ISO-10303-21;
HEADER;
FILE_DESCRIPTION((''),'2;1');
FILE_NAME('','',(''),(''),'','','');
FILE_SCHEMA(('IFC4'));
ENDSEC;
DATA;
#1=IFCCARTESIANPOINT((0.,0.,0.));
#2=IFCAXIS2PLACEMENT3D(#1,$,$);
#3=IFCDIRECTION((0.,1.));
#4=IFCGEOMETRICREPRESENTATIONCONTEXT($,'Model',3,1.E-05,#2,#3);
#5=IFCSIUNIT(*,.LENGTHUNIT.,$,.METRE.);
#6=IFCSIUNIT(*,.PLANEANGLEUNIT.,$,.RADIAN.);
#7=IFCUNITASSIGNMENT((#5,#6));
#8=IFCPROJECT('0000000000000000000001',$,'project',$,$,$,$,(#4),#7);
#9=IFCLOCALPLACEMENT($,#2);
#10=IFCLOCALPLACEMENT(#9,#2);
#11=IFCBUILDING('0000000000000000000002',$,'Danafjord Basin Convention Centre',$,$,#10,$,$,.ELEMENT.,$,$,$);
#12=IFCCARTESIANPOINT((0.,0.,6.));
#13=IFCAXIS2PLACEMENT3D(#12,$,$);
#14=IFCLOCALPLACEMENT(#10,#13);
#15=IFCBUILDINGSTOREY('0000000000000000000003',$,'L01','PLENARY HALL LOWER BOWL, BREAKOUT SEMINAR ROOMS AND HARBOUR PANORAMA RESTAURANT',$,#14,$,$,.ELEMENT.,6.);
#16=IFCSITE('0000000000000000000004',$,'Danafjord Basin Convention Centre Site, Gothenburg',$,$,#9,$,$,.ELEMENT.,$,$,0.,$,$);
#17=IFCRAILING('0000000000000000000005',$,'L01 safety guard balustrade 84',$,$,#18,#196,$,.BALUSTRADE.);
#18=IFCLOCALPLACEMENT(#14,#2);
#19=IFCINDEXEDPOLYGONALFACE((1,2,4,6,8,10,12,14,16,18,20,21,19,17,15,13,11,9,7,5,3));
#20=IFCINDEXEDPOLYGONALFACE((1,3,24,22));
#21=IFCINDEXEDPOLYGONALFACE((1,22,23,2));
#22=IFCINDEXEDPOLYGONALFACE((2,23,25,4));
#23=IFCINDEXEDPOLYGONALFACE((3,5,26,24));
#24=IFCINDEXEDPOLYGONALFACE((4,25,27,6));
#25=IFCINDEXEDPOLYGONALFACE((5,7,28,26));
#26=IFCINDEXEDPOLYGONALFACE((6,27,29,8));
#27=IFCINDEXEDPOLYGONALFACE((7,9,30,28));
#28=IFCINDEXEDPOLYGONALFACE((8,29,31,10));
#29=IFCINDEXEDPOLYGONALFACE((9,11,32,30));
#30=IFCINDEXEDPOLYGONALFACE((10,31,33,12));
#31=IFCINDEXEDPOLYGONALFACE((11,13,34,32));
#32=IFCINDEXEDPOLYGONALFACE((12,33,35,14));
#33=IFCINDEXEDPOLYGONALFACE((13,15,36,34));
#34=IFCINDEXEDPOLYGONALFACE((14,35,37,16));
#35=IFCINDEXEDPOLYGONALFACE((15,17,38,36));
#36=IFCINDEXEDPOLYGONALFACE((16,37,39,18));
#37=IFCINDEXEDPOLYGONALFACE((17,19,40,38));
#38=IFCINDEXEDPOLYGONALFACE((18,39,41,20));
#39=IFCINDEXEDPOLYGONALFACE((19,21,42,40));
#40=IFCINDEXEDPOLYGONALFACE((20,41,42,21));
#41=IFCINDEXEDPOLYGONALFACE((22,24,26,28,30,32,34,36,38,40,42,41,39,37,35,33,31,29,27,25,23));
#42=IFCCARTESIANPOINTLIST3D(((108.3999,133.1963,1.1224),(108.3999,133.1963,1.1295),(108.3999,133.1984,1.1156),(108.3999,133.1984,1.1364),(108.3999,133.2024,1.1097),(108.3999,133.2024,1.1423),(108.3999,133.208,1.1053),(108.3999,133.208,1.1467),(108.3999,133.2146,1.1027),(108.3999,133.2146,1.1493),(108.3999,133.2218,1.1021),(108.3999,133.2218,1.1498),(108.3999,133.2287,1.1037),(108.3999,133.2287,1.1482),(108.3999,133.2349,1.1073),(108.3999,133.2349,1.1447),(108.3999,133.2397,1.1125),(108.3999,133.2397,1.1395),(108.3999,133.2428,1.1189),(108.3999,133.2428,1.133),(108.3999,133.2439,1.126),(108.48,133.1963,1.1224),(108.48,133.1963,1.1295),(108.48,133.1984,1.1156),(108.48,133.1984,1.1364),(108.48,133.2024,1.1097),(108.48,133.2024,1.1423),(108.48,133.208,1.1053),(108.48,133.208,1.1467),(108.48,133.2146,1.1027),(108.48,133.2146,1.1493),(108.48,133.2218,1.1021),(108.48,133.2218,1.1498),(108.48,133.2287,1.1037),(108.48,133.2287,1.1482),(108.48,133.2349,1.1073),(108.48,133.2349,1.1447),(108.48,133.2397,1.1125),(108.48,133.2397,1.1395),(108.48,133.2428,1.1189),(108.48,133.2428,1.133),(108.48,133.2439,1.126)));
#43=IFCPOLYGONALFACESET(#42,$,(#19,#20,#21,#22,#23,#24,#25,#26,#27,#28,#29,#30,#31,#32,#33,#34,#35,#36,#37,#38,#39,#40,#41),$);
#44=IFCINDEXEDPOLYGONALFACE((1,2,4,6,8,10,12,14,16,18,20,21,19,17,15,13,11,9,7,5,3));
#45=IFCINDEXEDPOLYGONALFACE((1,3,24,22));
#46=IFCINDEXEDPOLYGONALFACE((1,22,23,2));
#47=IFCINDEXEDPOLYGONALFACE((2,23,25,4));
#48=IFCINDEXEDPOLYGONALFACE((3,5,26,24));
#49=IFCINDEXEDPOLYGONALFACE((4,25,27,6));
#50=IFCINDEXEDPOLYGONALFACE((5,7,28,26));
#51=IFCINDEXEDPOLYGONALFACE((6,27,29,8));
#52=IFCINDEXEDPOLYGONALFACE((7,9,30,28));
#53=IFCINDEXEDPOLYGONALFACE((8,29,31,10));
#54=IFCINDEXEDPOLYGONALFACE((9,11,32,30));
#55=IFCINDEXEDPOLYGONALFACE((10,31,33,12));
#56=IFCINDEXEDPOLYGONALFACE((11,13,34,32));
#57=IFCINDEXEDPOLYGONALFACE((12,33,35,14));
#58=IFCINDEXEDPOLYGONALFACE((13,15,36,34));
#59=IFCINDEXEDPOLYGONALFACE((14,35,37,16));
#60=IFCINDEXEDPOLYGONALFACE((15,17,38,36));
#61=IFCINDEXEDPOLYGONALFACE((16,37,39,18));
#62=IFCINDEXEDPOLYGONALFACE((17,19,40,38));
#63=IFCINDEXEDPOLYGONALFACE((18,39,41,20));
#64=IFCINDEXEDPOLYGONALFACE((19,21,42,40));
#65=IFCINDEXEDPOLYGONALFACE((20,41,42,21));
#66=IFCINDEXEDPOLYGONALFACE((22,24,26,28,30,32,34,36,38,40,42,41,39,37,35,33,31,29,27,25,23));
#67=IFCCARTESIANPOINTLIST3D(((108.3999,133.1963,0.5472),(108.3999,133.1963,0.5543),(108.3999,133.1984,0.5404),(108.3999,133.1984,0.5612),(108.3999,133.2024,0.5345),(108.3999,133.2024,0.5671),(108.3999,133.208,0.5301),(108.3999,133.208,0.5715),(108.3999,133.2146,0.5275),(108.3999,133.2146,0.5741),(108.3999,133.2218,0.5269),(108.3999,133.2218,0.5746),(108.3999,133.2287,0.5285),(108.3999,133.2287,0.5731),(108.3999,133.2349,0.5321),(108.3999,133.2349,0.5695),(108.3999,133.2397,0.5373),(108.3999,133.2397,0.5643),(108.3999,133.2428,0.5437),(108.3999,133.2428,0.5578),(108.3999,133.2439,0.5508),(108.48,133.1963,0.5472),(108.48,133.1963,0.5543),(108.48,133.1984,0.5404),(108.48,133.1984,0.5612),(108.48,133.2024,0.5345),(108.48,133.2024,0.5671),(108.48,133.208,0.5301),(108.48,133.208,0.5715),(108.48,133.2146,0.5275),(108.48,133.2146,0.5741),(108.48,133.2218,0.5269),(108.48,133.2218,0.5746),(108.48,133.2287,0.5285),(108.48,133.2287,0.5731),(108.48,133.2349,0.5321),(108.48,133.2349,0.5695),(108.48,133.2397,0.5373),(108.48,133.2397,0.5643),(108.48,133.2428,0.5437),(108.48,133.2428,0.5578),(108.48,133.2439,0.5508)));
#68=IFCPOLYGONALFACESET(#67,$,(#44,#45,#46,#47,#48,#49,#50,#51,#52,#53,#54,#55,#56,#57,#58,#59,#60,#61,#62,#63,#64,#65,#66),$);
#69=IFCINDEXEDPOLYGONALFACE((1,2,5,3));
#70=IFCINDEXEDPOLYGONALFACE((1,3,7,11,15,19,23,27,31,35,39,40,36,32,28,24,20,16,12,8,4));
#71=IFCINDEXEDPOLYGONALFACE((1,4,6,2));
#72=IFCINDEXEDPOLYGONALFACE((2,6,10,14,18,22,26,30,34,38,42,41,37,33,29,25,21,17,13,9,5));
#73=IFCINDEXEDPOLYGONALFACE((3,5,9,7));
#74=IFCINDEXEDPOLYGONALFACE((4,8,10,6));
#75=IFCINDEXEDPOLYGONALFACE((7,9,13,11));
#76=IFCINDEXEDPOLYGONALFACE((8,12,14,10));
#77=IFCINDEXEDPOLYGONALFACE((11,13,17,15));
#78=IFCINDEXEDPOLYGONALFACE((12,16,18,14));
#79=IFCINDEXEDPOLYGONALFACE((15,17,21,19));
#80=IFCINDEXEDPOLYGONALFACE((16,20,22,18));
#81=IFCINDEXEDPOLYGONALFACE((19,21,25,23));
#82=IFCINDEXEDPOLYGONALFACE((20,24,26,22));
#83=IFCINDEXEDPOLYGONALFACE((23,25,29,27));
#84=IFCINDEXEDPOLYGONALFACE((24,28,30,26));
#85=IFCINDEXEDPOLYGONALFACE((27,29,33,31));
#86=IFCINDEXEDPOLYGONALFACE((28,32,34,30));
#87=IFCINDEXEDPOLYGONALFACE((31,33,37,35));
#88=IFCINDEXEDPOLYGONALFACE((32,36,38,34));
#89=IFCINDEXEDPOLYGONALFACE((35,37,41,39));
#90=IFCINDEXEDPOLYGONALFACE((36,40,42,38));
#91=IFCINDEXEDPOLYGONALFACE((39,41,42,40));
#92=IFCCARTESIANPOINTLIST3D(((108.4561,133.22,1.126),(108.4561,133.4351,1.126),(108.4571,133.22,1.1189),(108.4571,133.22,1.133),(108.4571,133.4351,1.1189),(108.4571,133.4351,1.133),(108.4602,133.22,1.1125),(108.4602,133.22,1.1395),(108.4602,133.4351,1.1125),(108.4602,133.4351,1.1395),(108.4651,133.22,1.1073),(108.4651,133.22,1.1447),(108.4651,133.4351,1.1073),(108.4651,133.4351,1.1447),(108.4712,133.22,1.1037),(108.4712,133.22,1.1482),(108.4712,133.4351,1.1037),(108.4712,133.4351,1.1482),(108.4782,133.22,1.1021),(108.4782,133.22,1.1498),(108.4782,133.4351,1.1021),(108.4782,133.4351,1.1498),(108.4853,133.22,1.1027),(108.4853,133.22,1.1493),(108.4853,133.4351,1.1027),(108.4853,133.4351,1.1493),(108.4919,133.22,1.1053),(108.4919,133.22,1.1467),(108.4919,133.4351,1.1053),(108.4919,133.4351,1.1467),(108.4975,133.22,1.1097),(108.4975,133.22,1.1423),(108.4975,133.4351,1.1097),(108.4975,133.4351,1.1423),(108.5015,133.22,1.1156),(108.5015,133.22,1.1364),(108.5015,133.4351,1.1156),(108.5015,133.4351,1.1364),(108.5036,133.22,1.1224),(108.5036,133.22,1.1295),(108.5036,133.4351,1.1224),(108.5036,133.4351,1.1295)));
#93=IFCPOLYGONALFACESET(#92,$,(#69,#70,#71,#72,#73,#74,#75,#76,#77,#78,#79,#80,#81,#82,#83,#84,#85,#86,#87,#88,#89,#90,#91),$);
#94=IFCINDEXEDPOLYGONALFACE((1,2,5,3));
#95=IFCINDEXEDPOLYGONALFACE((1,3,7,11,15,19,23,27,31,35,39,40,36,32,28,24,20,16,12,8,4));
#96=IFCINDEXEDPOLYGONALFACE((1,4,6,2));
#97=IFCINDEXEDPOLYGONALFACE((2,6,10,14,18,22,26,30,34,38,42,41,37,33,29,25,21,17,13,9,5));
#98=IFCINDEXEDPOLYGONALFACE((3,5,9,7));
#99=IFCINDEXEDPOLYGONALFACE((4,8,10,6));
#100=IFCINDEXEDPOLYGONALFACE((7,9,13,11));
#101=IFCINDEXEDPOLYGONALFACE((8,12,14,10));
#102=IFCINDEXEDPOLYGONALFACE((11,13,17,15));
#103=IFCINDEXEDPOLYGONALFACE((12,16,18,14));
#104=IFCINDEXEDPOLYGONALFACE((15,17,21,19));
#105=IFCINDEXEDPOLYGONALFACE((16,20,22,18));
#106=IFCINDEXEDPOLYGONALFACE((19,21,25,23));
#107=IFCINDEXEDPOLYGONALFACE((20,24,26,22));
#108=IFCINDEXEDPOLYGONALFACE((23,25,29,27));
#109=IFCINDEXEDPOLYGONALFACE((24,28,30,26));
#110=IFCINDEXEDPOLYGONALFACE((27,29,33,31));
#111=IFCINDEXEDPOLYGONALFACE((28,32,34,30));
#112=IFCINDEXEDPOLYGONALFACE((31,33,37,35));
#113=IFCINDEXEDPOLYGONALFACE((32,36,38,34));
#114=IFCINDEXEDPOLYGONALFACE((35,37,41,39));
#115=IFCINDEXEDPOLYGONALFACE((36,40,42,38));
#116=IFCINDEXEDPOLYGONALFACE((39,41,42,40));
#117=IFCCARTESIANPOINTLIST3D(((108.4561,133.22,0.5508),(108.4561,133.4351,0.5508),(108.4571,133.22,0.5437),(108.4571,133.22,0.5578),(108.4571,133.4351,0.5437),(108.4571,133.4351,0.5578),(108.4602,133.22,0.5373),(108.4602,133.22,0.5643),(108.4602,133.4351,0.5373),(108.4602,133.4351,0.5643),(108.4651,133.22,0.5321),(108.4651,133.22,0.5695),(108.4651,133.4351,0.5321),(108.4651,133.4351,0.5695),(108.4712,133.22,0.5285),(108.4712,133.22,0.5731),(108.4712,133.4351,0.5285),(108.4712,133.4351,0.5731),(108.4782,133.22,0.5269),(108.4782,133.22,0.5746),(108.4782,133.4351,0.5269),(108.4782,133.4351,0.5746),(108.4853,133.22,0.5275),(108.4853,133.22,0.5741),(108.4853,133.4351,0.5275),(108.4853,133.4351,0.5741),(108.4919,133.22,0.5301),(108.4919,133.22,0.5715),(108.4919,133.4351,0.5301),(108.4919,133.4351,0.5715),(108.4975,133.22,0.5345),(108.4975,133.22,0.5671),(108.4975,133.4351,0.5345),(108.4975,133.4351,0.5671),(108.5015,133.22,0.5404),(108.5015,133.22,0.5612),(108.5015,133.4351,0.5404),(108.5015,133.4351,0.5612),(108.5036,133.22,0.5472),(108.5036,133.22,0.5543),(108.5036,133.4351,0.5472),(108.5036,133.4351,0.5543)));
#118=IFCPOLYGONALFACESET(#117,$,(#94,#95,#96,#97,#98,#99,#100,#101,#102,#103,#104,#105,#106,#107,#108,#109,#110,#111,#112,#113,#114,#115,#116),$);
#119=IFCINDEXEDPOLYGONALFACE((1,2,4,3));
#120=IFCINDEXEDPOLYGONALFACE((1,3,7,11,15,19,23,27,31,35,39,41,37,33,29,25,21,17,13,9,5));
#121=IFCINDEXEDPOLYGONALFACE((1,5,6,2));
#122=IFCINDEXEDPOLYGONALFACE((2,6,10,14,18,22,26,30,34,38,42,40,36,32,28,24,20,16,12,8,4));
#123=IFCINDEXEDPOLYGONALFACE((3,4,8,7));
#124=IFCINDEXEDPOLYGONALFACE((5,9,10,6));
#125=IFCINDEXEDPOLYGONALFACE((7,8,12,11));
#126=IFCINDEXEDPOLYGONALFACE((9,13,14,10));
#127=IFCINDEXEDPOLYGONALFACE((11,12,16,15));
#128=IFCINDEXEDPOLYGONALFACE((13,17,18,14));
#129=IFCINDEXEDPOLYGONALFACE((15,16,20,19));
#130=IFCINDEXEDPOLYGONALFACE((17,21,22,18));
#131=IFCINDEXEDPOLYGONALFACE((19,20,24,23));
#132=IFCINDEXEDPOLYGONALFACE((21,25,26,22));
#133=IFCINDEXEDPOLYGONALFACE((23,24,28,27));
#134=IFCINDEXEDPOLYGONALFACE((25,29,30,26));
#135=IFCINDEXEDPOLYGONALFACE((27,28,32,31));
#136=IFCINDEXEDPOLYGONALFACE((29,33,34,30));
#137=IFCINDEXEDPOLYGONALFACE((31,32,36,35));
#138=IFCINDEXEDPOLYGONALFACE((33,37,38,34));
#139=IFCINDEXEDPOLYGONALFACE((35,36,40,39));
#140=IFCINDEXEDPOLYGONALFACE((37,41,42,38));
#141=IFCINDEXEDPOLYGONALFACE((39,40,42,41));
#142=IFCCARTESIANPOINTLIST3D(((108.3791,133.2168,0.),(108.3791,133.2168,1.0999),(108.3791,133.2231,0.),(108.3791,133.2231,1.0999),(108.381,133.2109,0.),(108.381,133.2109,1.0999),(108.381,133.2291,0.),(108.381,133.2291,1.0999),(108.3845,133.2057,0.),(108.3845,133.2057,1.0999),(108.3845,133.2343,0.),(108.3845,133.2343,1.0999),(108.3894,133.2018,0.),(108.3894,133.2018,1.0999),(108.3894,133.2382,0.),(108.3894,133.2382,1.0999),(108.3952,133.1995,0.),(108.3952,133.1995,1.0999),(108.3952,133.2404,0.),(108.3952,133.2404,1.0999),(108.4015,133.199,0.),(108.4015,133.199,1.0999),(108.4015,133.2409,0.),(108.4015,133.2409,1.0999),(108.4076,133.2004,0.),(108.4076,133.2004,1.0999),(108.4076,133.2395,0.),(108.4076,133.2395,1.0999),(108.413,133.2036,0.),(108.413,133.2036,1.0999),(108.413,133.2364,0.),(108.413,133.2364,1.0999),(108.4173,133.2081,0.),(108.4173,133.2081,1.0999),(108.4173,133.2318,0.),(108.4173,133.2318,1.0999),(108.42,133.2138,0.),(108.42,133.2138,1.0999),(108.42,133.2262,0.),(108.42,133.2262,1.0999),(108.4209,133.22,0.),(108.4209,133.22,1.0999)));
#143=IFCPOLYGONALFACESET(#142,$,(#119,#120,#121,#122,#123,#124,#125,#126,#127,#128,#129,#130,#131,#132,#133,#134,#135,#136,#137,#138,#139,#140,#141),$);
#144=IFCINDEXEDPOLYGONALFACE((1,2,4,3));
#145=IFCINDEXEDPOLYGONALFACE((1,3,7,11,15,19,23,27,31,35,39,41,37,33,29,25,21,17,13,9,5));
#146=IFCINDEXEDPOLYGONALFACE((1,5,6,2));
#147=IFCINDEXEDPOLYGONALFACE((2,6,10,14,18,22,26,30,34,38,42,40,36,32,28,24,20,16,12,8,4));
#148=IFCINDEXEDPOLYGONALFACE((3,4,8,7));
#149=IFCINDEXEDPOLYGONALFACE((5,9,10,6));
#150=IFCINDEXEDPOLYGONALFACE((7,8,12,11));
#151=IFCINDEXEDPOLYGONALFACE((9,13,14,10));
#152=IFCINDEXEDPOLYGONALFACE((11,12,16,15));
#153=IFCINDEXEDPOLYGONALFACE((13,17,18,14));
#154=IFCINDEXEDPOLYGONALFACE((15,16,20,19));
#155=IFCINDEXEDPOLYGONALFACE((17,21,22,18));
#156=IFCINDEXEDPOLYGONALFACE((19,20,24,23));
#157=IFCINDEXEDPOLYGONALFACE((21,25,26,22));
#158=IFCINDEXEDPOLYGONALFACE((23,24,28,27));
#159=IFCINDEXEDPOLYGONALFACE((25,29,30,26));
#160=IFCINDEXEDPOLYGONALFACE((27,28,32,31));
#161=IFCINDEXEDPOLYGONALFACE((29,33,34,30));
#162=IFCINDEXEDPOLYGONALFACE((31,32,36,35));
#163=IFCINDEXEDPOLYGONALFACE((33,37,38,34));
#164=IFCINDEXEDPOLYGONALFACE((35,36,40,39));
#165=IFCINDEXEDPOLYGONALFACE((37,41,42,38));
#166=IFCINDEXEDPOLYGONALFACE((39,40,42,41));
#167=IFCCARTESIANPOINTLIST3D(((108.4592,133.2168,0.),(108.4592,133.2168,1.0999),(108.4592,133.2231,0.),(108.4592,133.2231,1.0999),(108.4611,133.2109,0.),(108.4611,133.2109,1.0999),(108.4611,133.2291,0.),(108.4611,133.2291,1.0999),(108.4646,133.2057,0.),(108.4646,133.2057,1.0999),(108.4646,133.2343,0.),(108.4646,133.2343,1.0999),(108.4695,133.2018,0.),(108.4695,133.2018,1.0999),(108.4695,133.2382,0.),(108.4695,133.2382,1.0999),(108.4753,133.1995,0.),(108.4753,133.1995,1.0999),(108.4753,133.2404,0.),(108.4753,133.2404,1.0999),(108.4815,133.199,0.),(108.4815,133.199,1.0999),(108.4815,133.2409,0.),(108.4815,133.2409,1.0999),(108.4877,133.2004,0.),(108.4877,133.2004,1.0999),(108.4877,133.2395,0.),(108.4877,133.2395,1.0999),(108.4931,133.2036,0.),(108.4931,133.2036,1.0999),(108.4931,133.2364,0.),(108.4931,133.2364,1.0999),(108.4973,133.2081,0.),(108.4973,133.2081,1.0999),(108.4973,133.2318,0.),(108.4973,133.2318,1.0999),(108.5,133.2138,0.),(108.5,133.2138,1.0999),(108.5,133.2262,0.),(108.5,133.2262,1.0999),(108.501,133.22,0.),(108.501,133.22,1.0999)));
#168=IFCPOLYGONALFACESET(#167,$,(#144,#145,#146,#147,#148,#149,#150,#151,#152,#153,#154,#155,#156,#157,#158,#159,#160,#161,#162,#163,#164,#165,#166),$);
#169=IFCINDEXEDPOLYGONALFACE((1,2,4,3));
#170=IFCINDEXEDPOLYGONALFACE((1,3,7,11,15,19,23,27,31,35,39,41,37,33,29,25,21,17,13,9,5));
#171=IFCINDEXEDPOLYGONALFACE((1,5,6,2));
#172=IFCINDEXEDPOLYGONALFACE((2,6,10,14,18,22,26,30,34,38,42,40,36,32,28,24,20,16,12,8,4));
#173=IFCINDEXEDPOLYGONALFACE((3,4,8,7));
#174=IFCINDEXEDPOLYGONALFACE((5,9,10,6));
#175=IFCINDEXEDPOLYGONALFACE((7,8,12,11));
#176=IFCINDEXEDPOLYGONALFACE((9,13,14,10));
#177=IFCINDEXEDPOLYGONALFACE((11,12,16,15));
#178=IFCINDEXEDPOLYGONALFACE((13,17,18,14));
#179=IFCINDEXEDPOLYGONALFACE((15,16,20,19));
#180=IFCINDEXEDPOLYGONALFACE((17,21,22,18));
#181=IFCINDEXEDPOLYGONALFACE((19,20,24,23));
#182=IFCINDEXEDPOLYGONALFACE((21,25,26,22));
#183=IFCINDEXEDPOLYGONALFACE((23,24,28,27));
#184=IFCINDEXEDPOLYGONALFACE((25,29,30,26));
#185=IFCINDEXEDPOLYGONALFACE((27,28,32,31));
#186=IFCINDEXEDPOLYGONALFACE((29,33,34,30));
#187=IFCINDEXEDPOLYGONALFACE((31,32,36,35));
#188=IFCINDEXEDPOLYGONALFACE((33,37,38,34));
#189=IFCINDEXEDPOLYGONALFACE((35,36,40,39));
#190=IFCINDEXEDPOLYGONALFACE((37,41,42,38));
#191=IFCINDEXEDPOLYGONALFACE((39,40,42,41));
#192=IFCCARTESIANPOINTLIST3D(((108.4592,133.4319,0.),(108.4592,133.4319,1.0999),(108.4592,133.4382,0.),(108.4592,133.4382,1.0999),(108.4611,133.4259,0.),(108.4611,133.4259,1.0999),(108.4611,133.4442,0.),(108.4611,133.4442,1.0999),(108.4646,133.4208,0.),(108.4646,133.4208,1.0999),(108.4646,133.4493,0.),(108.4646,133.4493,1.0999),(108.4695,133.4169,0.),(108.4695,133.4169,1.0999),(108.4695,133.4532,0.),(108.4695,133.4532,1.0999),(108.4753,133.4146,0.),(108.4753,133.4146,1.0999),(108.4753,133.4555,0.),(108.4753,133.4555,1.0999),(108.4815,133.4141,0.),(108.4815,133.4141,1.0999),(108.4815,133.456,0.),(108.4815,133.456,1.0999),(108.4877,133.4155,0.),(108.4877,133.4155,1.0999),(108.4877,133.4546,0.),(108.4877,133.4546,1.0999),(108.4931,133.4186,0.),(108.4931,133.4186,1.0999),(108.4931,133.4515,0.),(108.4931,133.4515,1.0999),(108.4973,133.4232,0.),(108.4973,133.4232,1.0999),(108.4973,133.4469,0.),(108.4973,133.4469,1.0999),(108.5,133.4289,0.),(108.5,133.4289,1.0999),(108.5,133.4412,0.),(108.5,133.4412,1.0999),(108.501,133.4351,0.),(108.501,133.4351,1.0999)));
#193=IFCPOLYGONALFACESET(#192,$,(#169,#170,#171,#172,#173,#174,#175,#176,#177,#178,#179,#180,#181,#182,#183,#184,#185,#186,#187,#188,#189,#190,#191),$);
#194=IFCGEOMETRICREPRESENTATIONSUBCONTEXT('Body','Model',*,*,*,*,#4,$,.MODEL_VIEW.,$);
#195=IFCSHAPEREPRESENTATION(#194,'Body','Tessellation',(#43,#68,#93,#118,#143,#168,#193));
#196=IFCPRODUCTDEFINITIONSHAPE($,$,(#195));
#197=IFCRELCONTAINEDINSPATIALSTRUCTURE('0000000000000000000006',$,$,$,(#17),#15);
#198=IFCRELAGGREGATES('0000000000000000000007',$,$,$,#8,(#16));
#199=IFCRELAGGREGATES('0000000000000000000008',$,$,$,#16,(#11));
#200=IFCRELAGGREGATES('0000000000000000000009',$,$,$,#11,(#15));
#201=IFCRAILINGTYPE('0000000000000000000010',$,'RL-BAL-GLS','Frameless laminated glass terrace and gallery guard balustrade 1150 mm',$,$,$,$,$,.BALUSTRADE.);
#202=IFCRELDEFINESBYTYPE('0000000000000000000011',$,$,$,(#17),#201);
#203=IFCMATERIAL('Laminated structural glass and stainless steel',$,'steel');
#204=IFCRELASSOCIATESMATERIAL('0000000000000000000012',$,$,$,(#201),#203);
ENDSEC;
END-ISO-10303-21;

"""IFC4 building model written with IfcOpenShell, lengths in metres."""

from ifc_helpers import new_model, si_unit, direction, frame, origin, origin_2d, place, context, subcontext, project, spatial, circle, extrude, material, type_object, element, save


model = new_model("IFC4")

# Units and contexts
model_context = context("Model", 3, precision=1e-05, world=origin(), true_north=direction((0.0, 1.0)))
body_context = subcontext(model_context, "Body", "Model", "MODEL_VIEW")
ifc_project = project(units=[si_unit("LENGTHUNIT", "METRE"), si_unit("PLANEANGLEUNIT", "RADIAN")], contexts=[model_context])

# Site, building, storey
site_placement = place(None, origin())
site = spatial("IfcSite", under=ifc_project, at=site_placement, Name="Danafjord Basin Convention Centre Site, Gothenburg", CompositionType="ELEMENT", RefElevation=0.0)
building_placement = place(site_placement, origin())
building = spatial("IfcBuilding", under=site, at=building_placement, Name="Danafjord Basin Convention Centre", CompositionType="ELEMENT")
storey_placement = place(building_placement, frame((0.0, 0.0, 6.0)))
storey = spatial("IfcBuildingStorey", under=building, at=storey_placement, Name="L01", Description="PLENARY HALL LOWER BOWL, BREAKOUT SEMINAR ROOMS AND HARBOUR PANORAMA RESTAURANT", CompositionType="ELEMENT", Elevation=6.0)

# Railing
ifc_material_1 = material(Name="Laminated structural glass and stainless steel", Category="steel")
railing_type_1 = type_object("IfcRailingType", Name="RL-BAL-GLS", Description="Frameless laminated glass terrace and gallery guard balustrade 1150 mm", PredefinedType="BALUSTRADE", material=ifc_material_1)
railing_1_placement = place(storey_placement, frame((108.3999, 133.22, 0.0)))
element("IfcRailing", 1, at=railing_1_placement, inside=storey, type_object=railing_type_1, Name="L01 safety guard balustrade 84", PredefinedType="BALUSTRADE", context=body_context, shape_type="SweptSolid", body=[
    extrude(circle(Radius=0.0239, at=origin_2d()), frame((0.0, 0.0, 1.126), z_axis=(1.0, 0.0, 0.0), x_axis=(0.0, 1.0, 0.0)), (0.0, 0.0, 1.0), 0.0801),
    extrude(circle(Radius=0.0239, at=origin_2d()), frame((0.0, 0.0, 0.5508), z_axis=(1.0, 0.0, 0.0), x_axis=(0.0, 1.0, 0.0)), (0.0, 0.0, 1.0), 0.0801),
    extrude(circle(Radius=0.0239, at=origin_2d()), frame((0.0801, 0.0, 1.126), z_axis=(0.0, 1.0, 0.0), x_axis=(-1.0, 0.0, 0.0)), (0.0, 0.0, 1.0), 0.2151),
    extrude(circle(Radius=0.0239, at=origin_2d()), frame((0.0801, 0.0, 0.5508), z_axis=(0.0, 1.0, 0.0), x_axis=(-1.0, 0.0, 0.0)), (0.0, 0.0, 1.0), 0.2151),
    extrude(circle(Radius=0.021, at=origin_2d()), origin(), (0.0, 0.0, 1.0), 1.0999),
    extrude(circle(Radius=0.021, at=origin_2d()), frame((0.0801, 0.0, 0.0)), (0.0, 0.0, 1.0), 1.0999),
    extrude(circle(Radius=0.021, at=origin_2d()), frame((0.0801, 0.2151, 0.0)), (0.0, 0.0, 1.0), 1.0999),
])

save(model, "model.ifc")
